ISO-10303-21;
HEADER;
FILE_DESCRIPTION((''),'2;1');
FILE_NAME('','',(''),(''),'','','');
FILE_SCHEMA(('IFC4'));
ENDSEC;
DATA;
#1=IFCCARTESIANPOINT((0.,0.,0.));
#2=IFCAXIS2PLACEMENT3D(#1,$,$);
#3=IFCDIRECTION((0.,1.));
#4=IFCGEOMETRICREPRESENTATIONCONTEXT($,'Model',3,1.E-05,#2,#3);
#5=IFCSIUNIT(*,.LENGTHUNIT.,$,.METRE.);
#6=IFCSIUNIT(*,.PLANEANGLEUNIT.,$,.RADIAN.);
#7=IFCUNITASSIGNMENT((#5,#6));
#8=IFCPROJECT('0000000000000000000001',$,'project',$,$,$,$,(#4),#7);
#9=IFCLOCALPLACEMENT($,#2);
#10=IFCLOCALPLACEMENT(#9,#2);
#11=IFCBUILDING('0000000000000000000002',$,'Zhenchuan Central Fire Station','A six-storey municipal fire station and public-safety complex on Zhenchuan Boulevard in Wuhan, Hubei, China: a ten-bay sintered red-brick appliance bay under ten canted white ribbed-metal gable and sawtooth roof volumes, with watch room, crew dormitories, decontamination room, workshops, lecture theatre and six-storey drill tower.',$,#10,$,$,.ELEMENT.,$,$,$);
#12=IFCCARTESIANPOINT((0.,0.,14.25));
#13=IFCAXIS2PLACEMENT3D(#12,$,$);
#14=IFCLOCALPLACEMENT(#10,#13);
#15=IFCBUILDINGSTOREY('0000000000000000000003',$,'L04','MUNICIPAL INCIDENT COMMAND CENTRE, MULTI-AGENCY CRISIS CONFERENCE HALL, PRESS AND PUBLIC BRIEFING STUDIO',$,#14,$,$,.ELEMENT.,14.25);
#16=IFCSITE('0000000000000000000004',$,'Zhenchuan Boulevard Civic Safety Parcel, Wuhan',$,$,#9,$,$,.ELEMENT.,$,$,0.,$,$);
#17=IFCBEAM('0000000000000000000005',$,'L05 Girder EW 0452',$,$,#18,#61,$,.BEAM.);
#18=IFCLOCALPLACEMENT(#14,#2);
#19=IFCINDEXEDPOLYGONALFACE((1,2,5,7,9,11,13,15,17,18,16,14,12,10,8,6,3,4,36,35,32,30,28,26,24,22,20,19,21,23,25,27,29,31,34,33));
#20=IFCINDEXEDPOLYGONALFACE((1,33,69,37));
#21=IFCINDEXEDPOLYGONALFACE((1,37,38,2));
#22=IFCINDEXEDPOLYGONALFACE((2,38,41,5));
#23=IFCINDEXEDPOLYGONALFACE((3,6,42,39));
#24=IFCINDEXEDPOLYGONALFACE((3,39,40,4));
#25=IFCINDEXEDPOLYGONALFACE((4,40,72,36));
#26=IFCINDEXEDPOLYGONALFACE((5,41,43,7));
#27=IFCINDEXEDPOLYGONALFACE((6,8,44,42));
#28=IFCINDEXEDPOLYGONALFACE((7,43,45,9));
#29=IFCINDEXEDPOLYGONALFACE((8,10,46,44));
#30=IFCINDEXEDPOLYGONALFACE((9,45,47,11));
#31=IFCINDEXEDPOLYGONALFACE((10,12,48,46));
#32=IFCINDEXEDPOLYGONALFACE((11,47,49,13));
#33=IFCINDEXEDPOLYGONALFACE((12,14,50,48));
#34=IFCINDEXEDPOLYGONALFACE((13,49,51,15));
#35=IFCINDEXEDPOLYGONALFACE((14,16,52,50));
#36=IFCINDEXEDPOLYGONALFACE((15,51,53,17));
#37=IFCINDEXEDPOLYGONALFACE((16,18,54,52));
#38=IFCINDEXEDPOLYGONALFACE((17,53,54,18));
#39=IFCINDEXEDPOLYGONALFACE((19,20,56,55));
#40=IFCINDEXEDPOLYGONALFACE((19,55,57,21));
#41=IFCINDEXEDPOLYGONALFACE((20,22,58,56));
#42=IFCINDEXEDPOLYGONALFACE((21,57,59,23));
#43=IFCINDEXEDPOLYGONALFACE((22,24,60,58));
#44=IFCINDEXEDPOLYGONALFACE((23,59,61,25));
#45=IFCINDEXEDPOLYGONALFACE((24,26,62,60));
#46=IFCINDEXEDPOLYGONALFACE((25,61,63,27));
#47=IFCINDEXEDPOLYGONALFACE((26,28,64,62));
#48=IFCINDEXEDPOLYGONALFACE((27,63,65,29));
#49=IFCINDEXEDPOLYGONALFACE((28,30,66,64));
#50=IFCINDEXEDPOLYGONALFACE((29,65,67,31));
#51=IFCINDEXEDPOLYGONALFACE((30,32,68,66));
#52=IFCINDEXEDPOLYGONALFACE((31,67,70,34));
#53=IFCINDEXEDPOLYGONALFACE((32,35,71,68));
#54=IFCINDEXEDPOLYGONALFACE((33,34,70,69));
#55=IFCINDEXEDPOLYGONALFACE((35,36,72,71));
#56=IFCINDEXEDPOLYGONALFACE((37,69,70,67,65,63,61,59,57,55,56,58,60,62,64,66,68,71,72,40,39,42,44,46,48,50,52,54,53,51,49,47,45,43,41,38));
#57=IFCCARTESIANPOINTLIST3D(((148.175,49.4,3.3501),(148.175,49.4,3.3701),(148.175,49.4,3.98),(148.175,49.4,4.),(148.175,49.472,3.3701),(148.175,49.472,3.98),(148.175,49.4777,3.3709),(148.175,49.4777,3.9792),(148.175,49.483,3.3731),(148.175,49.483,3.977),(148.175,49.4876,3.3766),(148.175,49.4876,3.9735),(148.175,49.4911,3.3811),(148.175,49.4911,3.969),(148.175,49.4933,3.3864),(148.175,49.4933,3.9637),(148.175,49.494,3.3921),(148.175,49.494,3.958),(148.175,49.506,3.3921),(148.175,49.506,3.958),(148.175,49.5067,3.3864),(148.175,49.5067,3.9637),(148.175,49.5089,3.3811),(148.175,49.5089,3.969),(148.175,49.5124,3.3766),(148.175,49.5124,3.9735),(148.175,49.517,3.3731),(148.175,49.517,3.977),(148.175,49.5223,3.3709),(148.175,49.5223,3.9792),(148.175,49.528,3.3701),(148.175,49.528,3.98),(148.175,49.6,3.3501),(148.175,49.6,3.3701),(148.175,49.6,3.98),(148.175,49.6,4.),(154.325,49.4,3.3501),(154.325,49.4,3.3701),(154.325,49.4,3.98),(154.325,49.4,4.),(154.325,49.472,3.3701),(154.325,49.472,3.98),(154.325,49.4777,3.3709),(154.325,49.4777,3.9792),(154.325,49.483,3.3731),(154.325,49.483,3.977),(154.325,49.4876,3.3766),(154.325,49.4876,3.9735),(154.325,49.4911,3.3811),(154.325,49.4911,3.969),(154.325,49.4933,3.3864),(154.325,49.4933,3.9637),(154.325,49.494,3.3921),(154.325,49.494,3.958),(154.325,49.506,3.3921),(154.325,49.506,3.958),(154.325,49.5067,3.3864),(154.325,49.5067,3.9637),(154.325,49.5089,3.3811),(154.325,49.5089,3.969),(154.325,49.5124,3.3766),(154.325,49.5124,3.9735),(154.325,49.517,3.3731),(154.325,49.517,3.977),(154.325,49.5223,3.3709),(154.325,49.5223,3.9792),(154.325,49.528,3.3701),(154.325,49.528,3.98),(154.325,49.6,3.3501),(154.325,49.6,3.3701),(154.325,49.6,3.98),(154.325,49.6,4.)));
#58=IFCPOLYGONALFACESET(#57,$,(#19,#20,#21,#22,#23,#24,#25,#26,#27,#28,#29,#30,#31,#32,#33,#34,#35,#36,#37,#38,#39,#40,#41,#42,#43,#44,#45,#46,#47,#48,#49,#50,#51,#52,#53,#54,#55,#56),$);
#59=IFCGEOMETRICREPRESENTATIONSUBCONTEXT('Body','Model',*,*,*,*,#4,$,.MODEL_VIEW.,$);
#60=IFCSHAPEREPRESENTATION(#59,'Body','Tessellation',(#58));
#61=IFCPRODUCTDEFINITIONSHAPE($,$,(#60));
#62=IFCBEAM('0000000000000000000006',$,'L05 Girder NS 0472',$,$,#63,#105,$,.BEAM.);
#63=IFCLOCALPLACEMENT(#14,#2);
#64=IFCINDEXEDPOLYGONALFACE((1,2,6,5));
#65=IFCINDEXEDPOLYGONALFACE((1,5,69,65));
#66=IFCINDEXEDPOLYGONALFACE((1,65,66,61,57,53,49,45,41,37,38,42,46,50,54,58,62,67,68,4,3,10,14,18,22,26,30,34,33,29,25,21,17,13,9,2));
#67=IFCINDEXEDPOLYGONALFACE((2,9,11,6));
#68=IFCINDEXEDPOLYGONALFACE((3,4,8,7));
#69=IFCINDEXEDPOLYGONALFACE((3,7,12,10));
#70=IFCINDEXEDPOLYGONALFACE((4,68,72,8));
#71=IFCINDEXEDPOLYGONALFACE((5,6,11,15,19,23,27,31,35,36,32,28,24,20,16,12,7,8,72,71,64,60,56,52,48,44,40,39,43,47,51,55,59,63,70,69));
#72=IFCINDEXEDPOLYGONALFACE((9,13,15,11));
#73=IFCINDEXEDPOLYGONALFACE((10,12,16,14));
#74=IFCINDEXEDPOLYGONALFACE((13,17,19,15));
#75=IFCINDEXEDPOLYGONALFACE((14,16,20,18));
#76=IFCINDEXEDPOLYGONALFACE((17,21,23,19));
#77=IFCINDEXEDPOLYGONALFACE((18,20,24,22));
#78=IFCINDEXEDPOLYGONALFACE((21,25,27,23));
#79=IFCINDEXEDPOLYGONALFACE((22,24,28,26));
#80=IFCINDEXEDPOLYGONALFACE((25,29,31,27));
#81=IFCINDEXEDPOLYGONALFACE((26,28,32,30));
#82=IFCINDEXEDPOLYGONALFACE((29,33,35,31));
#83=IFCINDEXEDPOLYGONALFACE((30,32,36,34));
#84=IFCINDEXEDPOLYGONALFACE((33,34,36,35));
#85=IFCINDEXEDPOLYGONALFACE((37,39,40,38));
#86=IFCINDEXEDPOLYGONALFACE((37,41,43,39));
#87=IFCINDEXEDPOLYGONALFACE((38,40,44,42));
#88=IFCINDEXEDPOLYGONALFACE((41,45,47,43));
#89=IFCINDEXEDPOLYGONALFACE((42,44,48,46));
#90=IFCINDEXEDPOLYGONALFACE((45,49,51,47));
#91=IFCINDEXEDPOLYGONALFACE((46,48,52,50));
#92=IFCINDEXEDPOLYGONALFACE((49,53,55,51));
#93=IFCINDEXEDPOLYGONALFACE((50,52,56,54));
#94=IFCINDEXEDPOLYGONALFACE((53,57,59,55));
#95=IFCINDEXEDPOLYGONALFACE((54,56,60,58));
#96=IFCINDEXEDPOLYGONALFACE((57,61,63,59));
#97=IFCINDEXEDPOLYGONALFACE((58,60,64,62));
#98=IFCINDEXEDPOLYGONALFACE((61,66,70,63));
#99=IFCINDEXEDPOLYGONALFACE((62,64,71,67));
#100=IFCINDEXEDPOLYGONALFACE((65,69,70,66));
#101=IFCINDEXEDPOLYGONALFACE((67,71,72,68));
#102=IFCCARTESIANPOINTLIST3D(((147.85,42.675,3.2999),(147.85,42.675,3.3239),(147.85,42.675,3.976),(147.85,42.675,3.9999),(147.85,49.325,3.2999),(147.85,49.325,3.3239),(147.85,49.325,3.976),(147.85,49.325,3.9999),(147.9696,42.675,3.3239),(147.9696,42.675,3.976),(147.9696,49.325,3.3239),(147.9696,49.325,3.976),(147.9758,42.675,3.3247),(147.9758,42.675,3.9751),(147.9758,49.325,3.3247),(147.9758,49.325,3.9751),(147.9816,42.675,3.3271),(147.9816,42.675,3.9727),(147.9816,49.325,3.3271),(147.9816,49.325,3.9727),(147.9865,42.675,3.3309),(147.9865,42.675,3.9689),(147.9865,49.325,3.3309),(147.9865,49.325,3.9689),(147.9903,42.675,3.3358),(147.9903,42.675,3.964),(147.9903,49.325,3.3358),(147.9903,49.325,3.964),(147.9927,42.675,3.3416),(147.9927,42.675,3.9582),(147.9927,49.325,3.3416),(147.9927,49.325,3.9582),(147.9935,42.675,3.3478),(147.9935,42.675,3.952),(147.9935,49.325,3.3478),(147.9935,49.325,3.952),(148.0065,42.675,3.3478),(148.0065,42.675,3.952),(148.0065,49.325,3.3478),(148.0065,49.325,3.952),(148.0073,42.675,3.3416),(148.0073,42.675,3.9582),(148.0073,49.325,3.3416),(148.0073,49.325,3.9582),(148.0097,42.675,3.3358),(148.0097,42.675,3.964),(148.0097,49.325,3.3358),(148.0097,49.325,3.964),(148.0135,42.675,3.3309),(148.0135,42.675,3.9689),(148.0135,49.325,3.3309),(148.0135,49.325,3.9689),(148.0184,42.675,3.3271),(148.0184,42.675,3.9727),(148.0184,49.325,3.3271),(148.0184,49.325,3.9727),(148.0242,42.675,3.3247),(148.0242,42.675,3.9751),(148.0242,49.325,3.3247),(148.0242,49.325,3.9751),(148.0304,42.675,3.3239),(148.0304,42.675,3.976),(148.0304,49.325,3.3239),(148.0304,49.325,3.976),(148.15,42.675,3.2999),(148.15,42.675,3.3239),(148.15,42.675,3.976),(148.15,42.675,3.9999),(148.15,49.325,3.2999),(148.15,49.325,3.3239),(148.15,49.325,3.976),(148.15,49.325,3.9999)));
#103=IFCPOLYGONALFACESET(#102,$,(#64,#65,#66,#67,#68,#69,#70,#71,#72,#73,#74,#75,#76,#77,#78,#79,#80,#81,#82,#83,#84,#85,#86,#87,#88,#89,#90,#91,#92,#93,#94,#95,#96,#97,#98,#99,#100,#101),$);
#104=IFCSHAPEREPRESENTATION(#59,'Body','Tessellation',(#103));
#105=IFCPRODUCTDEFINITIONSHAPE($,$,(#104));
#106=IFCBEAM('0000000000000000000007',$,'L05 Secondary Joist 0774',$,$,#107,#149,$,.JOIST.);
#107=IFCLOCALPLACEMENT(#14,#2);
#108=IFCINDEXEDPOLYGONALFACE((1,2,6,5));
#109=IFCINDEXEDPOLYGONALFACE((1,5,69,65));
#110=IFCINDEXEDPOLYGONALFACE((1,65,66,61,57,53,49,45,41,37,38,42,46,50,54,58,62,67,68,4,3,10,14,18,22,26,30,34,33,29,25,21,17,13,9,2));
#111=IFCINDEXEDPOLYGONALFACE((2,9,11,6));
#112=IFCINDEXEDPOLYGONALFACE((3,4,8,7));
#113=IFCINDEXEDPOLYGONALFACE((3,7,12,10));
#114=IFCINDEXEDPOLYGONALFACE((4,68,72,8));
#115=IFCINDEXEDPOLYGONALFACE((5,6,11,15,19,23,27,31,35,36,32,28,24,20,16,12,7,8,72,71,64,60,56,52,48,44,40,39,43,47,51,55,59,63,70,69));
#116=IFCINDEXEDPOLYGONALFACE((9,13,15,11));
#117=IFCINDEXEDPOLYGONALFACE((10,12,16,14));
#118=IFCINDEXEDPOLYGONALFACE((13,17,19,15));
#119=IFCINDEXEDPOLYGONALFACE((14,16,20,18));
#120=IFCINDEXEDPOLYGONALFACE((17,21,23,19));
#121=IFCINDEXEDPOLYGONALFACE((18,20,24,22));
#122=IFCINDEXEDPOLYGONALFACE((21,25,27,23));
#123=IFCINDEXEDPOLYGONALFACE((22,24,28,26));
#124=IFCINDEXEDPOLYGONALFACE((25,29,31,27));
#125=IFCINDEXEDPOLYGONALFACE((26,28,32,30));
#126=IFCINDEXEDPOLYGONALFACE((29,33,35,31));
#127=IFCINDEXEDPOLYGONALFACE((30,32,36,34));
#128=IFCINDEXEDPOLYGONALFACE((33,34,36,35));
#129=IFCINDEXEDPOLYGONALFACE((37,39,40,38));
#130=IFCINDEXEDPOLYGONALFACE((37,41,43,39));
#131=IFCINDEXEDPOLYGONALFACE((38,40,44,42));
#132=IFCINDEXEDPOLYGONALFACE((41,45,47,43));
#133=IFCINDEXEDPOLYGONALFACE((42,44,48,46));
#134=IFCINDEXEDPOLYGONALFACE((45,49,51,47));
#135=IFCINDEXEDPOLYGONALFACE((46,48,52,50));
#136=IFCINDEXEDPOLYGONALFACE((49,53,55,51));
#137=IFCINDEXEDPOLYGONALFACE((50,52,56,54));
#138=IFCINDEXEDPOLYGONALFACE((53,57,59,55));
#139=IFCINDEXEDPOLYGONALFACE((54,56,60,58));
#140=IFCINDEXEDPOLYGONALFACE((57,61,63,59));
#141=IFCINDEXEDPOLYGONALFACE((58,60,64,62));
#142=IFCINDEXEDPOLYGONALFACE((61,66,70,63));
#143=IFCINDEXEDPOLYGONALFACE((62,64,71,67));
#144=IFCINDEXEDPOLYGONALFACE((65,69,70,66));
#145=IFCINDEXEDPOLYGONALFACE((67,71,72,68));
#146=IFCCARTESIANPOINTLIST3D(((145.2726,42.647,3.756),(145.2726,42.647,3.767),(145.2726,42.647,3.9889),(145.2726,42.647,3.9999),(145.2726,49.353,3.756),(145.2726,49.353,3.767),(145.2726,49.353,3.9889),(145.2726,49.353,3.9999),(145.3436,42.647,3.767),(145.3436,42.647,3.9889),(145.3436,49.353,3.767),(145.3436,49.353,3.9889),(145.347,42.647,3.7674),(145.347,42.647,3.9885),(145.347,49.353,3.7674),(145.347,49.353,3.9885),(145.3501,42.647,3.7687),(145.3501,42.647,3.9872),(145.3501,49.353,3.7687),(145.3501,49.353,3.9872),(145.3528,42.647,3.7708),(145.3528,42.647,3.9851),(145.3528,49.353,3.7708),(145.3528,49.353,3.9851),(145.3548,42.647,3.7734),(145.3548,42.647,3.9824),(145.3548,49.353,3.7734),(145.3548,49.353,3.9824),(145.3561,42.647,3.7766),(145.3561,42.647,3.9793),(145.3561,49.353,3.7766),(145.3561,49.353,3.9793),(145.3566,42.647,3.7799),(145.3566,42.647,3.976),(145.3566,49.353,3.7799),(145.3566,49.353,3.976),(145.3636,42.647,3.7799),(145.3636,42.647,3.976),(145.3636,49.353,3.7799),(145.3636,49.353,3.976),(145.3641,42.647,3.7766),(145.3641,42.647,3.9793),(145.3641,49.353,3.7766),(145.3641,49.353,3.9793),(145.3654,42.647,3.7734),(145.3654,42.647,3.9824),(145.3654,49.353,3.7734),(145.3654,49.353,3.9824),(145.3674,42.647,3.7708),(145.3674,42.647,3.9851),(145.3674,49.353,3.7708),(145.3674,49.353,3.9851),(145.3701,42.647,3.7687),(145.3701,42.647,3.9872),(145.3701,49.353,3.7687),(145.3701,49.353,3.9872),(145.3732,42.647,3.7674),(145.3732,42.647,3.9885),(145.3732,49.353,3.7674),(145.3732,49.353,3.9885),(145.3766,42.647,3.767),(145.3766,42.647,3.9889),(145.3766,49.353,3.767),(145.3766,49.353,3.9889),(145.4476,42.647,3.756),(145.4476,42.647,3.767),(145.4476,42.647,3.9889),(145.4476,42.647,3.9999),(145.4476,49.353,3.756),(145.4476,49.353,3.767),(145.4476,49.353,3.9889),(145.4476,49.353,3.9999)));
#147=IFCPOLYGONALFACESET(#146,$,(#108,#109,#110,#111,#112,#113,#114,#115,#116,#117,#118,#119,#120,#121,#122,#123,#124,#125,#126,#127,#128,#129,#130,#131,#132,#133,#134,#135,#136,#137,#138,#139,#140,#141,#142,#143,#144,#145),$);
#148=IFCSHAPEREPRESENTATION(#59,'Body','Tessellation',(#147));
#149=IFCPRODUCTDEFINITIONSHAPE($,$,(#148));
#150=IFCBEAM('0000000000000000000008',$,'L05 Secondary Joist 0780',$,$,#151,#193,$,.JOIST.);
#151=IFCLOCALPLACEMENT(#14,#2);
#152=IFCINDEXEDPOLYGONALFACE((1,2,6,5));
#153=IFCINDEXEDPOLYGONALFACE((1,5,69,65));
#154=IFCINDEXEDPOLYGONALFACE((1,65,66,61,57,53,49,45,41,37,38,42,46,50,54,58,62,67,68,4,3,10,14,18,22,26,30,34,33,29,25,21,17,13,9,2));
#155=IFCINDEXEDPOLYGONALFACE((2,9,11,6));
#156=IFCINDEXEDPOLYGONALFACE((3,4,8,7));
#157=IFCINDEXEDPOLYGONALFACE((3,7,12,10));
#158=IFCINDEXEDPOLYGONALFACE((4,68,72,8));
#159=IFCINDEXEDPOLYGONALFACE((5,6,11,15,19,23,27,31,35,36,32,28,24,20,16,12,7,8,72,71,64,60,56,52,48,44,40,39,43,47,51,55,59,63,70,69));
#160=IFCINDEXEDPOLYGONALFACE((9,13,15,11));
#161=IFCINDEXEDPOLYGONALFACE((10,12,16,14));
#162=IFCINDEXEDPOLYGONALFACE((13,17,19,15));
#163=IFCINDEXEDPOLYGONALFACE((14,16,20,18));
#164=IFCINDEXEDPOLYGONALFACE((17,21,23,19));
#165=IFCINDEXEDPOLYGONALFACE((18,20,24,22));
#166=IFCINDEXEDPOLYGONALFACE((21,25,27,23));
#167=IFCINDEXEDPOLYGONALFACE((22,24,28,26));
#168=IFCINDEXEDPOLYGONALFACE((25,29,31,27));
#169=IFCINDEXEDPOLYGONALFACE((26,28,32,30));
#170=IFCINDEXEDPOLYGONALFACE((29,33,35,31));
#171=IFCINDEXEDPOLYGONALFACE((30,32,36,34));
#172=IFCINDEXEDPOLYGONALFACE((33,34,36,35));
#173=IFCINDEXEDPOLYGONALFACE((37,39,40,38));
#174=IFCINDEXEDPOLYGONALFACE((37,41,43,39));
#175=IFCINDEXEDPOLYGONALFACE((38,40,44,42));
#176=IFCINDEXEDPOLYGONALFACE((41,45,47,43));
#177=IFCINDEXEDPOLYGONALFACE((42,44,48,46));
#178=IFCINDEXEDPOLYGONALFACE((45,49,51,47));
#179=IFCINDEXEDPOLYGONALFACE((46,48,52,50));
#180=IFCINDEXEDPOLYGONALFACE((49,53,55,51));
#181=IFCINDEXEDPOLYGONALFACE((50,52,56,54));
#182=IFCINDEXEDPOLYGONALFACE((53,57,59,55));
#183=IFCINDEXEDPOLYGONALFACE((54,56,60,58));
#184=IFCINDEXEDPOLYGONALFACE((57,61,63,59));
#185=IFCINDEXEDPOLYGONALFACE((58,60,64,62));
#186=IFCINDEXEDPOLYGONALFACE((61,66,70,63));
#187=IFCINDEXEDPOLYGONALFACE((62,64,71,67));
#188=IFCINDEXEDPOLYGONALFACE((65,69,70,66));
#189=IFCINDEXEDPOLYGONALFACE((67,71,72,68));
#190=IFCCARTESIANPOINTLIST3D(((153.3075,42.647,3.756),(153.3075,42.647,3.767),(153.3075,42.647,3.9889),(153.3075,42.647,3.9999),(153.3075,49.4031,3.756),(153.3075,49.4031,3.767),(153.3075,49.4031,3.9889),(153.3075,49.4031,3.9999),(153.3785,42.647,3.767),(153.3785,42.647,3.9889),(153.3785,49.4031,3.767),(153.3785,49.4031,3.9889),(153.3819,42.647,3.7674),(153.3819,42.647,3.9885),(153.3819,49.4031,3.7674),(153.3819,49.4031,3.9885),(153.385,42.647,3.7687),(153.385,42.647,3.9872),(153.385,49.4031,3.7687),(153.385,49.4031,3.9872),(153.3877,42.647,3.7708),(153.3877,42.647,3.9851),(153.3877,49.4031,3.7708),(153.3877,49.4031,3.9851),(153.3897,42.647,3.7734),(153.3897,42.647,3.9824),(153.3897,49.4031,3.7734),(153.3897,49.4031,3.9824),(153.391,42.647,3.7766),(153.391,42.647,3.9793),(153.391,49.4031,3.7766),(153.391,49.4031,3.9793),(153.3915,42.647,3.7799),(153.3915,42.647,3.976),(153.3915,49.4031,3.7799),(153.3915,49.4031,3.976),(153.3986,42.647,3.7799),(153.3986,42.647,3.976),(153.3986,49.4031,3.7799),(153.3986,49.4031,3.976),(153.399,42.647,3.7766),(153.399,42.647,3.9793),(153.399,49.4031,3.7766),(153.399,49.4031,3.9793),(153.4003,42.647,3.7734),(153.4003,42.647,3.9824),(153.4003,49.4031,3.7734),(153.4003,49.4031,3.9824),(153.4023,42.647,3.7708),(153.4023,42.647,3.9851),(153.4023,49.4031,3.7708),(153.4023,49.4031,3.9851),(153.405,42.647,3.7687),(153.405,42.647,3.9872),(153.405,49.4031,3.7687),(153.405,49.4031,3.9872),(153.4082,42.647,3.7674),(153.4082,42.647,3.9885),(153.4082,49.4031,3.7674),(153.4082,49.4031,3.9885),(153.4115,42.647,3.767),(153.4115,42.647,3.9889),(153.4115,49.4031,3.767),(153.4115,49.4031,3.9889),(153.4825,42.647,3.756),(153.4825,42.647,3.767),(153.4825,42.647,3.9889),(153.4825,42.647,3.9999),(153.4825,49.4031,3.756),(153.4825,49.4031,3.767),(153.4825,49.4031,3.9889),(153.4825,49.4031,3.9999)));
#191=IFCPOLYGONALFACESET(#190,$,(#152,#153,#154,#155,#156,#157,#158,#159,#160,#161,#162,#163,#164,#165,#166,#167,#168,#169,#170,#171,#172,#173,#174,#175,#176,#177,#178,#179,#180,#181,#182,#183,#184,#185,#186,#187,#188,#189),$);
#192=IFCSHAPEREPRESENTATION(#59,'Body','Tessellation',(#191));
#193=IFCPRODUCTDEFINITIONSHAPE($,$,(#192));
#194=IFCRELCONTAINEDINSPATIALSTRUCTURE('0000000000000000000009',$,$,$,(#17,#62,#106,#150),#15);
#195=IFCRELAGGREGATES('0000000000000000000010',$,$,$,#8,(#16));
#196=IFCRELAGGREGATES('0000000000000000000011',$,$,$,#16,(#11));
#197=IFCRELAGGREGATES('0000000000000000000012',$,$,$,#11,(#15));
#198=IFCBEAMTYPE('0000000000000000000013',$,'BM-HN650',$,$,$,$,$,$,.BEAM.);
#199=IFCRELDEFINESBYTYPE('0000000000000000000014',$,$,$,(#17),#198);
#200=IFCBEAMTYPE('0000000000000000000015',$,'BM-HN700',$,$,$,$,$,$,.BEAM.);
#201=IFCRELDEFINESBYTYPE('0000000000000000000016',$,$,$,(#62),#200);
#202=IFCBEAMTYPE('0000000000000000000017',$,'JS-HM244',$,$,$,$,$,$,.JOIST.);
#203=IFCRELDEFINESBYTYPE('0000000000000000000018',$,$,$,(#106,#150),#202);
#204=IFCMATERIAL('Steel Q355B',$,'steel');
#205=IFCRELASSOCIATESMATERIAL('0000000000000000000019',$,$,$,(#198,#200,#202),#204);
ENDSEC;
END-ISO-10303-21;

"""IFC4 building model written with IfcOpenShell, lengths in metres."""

from ifc_helpers import new_model, si_unit, direction, frame, origin, origin_2d, place, context, subcontext, project, spatial, i_section, extrude, material, material_profile, profile_set, type_object, element, save


model = new_model("IFC4")

# Units and contexts
model_context = context("Model", 3, precision=1e-05, world=origin(), true_north=direction((0.0, 1.0)))
body_context = subcontext(model_context, "Body", "Model", "MODEL_VIEW")
ifc_project = project(units=[si_unit("LENGTHUNIT", "METRE"), si_unit("PLANEANGLEUNIT", "RADIAN")], contexts=[model_context])

# Site, building, storey
site_placement = place(None, origin())
site = spatial("IfcSite", under=ifc_project, at=site_placement, Name="Zhenchuan Boulevard Civic Safety Parcel, Wuhan", CompositionType="ELEMENT", RefElevation=0.0)
building_placement = place(site_placement, origin())
building = spatial("IfcBuilding", under=site, at=building_placement, Name="Zhenchuan Central Fire Station", Description="A six-storey municipal fire station and public-safety complex on Zhenchuan Boulevard in Wuhan, Hubei, China: a ten-bay sintered red-brick appliance bay under ten canted white ribbed-metal gable and sawtooth roof volumes, with watch room, crew dormitories, decontamination room, workshops, lecture theatre and six-storey drill tower.", CompositionType="ELEMENT")
storey_placement = place(building_placement, frame((0.0, 0.0, 14.25)))
storey = spatial("IfcBuildingStorey", under=building, at=storey_placement, Name="L04", Description="MUNICIPAL INCIDENT COMMAND CENTRE, MULTI-AGENCY CRISIS CONFERENCE HALL, PRESS AND PUBLIC BRIEFING STUDIO", CompositionType="ELEMENT", Elevation=14.25)

# Shared definitions
ifc_material_1 = material(Name="Steel Q355B", Category="steel")

# Beams
ifc_material_profile_1 = material_profile(ifc_material_1, i_section(OverallWidth=0.2, OverallDepth=0.6499, WebThickness=0.012, FlangeThickness=0.02, FilletRadius=0.022, at=origin_2d()), Name="HN 650x200")
ifc_profile_set_1 = profile_set([ifc_material_profile_1], Name="Steel Q355B")
beam_type_1 = type_object("IfcBeamType", Name="BM-HN650", PredefinedType="BEAM", material=ifc_profile_set_1)
beam_1_placement = place(storey_placement, frame((148.175, 49.5, 3.675), z_axis=(1.0, 0.0, 0.0), x_axis=(0.0, 1.0, 0.0)))
element("IfcBeam", 1, at=beam_1_placement, inside=storey, type_object=beam_type_1, Name="L05 Girder EW 0452", PredefinedType="BEAM", context=body_context, shape_type="SweptSolid", body=[
    extrude(i_section(OverallWidth=0.2, OverallDepth=0.6499, WebThickness=0.012, FlangeThickness=0.02, FilletRadius=0.022, at=origin_2d()), origin(), (0.0, 0.0, 1.0), 6.1499),
])
ifc_material_profile_2 = material_profile(ifc_material_1, i_section(OverallWidth=0.3, OverallDepth=0.7, WebThickness=0.0129, FlangeThickness=0.0239, FilletRadius=0.0239, at=origin_2d()), Name="HN 700x300")
ifc_profile_set_2 = profile_set([ifc_material_profile_2], Name="Steel Q355B")
beam_type_2 = type_object("IfcBeamType", Name="BM-HN700", PredefinedType="BEAM", material=ifc_profile_set_2)
beam_2_placement = place(storey_placement, frame((148.0, 42.675, 3.6499), z_axis=(0.0, 1.0, 0.0), x_axis=(-1.0, 0.0, 0.0)))
element("IfcBeam", 2, at=beam_2_placement, inside=storey, type_object=beam_type_2, Name="L05 Girder NS 0472", PredefinedType="BEAM", context=body_context, shape_type="SweptSolid", body=[
    extrude(i_section(OverallWidth=0.3, OverallDepth=0.7, WebThickness=0.0129, FlangeThickness=0.0239, FilletRadius=0.0239, at=origin_2d()), origin(), (0.0, 0.0, 1.0), 6.6499),
])
ifc_material_profile_3 = material_profile(ifc_material_1, i_section(OverallWidth=0.175, OverallDepth=0.2439, WebThickness=0.0071, FlangeThickness=0.011, FilletRadius=0.0129, at=origin_2d()), Name="HM 244x175")
ifc_profile_set_3 = profile_set([ifc_material_profile_3], Name="Steel Q355B")
beam_type_3 = type_object("IfcBeamType", Name="JS-HM244", PredefinedType="JOIST", material=ifc_profile_set_3)
beam_3_placement = place(storey_placement, frame((145.3601, 42.647, 3.8779), z_axis=(0.0, 1.0, 0.0), x_axis=(-1.0, 0.0, 0.0)))
element("IfcBeam", 3, at=beam_3_placement, inside=storey, type_object=beam_type_3, Name="L05 Secondary Joist 0774", PredefinedType="JOIST", context=body_context, shape_type="SweptSolid", body=[
    extrude(i_section(OverallWidth=0.175, OverallDepth=0.2439, WebThickness=0.0071, FlangeThickness=0.011, FilletRadius=0.0129, at=origin_2d()), origin(), (0.0, 0.0, 1.0), 6.7061),
])
beam_4_placement = place(storey_placement, frame((153.395, 42.647, 3.8779), z_axis=(0.0, 1.0, 0.0), x_axis=(-1.0, 0.0, 0.0)))
element("IfcBeam", 4, at=beam_4_placement, inside=storey, type_object=beam_type_3, Name="L05 Secondary Joist 0780", PredefinedType="JOIST", context=body_context, shape_type="SweptSolid", body=[
    extrude(i_section(OverallWidth=0.175, OverallDepth=0.2439, WebThickness=0.0071, FlangeThickness=0.011, FilletRadius=0.0129, at=origin_2d()), origin(), (0.0, 0.0, 1.0), 6.7561),
])

save(model, "model.ifc")
